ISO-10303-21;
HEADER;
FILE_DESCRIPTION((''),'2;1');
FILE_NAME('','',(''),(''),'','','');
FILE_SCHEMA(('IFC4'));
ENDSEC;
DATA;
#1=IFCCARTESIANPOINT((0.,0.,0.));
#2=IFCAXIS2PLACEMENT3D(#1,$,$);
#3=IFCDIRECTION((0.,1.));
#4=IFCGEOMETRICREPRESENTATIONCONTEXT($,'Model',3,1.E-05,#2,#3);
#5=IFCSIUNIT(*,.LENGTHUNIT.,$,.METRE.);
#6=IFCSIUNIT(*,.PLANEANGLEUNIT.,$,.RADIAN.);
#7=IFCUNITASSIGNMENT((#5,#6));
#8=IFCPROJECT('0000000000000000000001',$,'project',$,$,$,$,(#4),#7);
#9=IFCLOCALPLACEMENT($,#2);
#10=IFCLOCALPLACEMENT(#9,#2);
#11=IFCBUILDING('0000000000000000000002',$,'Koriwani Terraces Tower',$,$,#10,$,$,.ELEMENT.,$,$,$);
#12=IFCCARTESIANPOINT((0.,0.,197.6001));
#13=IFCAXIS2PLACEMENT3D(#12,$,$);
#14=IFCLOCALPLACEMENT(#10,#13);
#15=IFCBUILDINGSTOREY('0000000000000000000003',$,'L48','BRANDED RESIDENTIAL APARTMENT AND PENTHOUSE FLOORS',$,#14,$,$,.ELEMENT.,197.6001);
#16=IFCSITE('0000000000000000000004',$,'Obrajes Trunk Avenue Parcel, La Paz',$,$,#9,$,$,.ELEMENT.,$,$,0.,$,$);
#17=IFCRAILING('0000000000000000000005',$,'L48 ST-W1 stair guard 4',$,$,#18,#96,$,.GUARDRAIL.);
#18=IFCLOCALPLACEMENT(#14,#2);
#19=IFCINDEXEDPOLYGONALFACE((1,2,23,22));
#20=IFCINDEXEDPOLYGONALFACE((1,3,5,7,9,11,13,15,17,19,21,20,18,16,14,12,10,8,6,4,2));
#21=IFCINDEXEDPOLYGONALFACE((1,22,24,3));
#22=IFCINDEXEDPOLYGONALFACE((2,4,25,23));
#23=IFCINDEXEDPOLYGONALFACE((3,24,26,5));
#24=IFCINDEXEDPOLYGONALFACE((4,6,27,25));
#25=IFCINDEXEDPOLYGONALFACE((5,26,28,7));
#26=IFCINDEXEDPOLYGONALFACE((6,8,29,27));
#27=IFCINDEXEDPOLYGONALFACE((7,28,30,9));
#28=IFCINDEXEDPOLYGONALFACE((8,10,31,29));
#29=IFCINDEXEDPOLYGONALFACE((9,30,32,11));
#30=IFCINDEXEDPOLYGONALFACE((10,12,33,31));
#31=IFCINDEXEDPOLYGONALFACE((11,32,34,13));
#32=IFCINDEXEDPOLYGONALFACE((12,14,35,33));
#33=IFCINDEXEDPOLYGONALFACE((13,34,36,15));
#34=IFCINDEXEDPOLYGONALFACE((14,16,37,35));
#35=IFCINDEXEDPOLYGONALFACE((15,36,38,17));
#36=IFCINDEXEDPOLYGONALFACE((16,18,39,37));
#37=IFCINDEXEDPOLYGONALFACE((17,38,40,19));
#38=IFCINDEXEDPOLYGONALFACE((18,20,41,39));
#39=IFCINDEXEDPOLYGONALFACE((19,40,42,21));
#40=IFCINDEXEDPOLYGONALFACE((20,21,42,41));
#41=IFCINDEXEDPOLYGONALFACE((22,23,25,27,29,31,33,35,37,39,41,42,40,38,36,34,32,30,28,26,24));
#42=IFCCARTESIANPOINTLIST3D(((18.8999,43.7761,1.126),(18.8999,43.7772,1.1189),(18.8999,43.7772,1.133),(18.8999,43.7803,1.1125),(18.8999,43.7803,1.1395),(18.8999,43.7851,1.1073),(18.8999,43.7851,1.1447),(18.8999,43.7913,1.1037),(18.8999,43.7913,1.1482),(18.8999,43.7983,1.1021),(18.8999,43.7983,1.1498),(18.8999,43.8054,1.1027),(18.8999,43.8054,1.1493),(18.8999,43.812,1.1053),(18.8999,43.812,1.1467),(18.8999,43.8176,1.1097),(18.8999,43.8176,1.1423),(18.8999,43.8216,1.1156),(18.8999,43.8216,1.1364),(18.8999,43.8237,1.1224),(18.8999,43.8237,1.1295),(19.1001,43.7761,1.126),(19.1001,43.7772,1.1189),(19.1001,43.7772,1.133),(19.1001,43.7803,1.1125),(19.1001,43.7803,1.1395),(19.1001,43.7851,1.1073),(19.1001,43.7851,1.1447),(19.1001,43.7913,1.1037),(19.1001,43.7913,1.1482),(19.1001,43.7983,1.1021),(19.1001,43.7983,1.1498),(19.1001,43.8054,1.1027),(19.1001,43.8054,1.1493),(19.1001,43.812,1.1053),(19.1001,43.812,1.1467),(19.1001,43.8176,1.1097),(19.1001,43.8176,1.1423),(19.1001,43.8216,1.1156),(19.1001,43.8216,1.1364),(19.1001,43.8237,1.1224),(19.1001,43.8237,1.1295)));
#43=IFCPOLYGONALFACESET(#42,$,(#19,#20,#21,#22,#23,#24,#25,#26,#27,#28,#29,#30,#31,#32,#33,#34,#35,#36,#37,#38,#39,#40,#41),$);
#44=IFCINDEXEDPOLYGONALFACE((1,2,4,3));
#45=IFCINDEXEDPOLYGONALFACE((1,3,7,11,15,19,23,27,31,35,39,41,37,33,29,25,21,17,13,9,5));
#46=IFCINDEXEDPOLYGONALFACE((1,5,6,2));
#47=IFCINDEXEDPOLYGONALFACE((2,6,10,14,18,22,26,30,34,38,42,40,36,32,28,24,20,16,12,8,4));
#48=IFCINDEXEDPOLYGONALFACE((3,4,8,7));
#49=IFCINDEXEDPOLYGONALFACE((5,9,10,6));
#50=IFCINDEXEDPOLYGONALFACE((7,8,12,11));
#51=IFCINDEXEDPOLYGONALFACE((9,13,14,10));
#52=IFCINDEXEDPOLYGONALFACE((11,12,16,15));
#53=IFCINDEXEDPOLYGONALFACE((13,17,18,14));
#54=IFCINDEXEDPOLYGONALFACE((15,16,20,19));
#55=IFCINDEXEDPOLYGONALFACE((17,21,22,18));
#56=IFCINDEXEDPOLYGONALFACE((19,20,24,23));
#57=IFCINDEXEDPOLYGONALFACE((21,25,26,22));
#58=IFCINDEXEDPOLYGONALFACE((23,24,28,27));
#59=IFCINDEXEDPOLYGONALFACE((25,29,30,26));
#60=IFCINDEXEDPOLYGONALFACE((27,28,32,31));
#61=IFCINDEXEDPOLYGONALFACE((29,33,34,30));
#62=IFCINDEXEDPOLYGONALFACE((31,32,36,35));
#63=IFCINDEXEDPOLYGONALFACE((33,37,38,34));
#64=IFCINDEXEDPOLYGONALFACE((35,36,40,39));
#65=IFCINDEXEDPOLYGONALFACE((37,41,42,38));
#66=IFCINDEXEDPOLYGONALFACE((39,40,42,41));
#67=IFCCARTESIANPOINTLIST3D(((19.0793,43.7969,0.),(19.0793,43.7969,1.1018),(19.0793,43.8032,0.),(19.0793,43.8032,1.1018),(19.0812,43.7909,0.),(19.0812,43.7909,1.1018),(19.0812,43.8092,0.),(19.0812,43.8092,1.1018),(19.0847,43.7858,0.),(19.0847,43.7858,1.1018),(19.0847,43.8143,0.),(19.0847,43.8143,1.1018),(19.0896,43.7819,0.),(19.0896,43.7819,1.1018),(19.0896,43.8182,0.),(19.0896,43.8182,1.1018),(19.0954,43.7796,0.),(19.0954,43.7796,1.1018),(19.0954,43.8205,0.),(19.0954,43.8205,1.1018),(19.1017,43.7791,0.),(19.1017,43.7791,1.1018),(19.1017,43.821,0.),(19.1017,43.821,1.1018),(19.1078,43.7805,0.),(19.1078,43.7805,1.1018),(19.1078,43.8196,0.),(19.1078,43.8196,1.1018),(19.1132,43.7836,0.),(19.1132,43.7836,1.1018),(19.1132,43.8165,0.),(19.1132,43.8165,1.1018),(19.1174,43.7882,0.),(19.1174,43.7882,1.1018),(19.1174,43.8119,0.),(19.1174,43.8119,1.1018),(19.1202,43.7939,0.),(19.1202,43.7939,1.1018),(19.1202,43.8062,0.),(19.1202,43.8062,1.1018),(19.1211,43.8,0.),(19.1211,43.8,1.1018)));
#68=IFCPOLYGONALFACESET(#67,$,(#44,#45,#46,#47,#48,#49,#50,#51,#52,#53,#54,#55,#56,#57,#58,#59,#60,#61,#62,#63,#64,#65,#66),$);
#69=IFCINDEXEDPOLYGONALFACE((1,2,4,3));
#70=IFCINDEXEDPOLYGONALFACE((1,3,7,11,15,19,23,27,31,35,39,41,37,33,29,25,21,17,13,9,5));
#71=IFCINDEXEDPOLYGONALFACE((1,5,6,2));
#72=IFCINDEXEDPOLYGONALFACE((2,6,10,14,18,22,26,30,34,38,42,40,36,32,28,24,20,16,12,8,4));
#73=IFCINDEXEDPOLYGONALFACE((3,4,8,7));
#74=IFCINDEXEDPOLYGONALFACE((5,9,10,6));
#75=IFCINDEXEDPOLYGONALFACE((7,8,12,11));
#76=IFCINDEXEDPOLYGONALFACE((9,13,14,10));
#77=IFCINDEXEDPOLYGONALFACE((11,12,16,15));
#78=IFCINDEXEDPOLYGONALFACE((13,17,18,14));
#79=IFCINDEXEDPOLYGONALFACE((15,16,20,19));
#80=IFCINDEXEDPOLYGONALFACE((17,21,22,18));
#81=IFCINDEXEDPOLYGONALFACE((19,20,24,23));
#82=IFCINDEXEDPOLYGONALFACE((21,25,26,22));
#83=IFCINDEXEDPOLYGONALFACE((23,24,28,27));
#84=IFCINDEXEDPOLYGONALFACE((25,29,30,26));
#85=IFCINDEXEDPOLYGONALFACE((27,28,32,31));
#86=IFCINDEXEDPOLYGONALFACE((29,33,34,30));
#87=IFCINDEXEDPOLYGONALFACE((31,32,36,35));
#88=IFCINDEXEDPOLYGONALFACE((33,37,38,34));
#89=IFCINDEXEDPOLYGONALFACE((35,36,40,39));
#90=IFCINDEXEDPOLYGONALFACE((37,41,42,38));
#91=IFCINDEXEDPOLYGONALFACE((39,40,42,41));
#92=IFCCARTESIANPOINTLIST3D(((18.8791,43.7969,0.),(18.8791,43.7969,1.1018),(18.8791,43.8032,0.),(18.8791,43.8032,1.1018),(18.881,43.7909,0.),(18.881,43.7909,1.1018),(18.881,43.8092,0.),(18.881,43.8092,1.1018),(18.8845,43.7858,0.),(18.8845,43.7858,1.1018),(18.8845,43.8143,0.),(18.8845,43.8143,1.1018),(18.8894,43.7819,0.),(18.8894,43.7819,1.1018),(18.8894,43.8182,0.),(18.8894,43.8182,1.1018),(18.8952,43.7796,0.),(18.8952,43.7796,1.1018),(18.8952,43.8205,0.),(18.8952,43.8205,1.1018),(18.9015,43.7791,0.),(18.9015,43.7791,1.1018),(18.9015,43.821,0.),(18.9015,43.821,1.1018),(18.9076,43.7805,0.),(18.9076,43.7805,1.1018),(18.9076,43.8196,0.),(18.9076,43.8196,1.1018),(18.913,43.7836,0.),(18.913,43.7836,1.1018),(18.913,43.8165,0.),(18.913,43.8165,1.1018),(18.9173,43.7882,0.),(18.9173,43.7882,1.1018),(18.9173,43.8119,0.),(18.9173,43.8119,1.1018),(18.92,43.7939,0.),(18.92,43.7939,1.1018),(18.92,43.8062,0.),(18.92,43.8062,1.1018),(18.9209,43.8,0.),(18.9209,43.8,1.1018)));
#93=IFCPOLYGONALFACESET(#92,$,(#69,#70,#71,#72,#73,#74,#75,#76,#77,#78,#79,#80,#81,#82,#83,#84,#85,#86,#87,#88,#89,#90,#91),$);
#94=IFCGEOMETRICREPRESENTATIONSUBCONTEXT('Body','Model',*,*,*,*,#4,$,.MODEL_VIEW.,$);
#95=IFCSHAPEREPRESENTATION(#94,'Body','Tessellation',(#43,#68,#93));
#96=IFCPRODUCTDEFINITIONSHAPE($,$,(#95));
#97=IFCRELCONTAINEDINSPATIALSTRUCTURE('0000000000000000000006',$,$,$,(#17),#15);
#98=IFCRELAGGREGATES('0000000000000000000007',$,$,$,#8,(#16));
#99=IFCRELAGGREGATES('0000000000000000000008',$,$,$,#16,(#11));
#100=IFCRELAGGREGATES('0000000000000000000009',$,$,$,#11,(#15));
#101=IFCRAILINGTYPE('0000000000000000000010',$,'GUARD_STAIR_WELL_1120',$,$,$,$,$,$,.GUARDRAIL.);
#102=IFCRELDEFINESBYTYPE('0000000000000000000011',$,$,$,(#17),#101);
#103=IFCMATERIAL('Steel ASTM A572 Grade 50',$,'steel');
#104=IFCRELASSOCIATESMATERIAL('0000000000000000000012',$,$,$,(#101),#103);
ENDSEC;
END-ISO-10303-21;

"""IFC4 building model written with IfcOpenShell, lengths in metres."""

from ifc_helpers import new_model, si_unit, direction, frame, origin, origin_2d, place, context, subcontext, project, spatial, circle, extrude, material, type_object, element, save


model = new_model("IFC4")

# Units and contexts
model_context = context("Model", 3, precision=1e-05, world=origin(), true_north=direction((0.0, 1.0)))
body_context = subcontext(model_context, "Body", "Model", "MODEL_VIEW")
ifc_project = project(units=[si_unit("LENGTHUNIT", "METRE"), si_unit("PLANEANGLEUNIT", "RADIAN")], contexts=[model_context])

# Site, building, storey
site_placement = place(None, origin())
site = spatial("IfcSite", under=ifc_project, at=site_placement, Name="Obrajes Trunk Avenue Parcel, La Paz", CompositionType="ELEMENT", RefElevation=0.0)
building_placement = place(site_placement, origin())
building = spatial("IfcBuilding", under=site, at=building_placement, Name="Koriwani Terraces Tower", CompositionType="ELEMENT")
storey_placement = place(building_placement, frame((0.0, 0.0, 197.6001)))
storey = spatial("IfcBuildingStorey", under=building, at=storey_placement, Name="L48", Description="BRANDED RESIDENTIAL APARTMENT AND PENTHOUSE FLOORS", CompositionType="ELEMENT", Elevation=197.6001)

# Shared definitions
ifc_material_1 = material(Name="Steel ASTM A572 Grade 50", Category="steel")

# Railing
railing_type_1 = type_object("IfcRailingType", Name="GUARD_STAIR_WELL_1120", PredefinedType="GUARDRAIL", material=ifc_material_1)
railing_1_placement = place(storey_placement, frame((19.1001, 43.8, 0.0)))
element("IfcRailing", 1, at=railing_1_placement, inside=storey, type_object=railing_type_1, Name="L48 ST-W1 stair guard 4", PredefinedType="GUARDRAIL", context=body_context, shape_type="SweptSolid", body=[
    extrude(circle(Radius=0.0239, at=origin_2d()), frame((0.0, 0.0, 1.126), z_axis=(-1.0, 0.0, 0.0), x_axis=(0.0, -1.0, 0.0)), (0.0, 0.0, 1.0), 0.2002),
    extrude(circle(Radius=0.021, at=origin_2d()), origin(), (0.0, 0.0, 1.0), 1.1018),
    extrude(circle(Radius=0.021, at=origin_2d()), frame((-0.2002, 0.0, 0.0)), (0.0, 0.0, 1.0), 1.1018),
])

save(model, "model.ifc")
